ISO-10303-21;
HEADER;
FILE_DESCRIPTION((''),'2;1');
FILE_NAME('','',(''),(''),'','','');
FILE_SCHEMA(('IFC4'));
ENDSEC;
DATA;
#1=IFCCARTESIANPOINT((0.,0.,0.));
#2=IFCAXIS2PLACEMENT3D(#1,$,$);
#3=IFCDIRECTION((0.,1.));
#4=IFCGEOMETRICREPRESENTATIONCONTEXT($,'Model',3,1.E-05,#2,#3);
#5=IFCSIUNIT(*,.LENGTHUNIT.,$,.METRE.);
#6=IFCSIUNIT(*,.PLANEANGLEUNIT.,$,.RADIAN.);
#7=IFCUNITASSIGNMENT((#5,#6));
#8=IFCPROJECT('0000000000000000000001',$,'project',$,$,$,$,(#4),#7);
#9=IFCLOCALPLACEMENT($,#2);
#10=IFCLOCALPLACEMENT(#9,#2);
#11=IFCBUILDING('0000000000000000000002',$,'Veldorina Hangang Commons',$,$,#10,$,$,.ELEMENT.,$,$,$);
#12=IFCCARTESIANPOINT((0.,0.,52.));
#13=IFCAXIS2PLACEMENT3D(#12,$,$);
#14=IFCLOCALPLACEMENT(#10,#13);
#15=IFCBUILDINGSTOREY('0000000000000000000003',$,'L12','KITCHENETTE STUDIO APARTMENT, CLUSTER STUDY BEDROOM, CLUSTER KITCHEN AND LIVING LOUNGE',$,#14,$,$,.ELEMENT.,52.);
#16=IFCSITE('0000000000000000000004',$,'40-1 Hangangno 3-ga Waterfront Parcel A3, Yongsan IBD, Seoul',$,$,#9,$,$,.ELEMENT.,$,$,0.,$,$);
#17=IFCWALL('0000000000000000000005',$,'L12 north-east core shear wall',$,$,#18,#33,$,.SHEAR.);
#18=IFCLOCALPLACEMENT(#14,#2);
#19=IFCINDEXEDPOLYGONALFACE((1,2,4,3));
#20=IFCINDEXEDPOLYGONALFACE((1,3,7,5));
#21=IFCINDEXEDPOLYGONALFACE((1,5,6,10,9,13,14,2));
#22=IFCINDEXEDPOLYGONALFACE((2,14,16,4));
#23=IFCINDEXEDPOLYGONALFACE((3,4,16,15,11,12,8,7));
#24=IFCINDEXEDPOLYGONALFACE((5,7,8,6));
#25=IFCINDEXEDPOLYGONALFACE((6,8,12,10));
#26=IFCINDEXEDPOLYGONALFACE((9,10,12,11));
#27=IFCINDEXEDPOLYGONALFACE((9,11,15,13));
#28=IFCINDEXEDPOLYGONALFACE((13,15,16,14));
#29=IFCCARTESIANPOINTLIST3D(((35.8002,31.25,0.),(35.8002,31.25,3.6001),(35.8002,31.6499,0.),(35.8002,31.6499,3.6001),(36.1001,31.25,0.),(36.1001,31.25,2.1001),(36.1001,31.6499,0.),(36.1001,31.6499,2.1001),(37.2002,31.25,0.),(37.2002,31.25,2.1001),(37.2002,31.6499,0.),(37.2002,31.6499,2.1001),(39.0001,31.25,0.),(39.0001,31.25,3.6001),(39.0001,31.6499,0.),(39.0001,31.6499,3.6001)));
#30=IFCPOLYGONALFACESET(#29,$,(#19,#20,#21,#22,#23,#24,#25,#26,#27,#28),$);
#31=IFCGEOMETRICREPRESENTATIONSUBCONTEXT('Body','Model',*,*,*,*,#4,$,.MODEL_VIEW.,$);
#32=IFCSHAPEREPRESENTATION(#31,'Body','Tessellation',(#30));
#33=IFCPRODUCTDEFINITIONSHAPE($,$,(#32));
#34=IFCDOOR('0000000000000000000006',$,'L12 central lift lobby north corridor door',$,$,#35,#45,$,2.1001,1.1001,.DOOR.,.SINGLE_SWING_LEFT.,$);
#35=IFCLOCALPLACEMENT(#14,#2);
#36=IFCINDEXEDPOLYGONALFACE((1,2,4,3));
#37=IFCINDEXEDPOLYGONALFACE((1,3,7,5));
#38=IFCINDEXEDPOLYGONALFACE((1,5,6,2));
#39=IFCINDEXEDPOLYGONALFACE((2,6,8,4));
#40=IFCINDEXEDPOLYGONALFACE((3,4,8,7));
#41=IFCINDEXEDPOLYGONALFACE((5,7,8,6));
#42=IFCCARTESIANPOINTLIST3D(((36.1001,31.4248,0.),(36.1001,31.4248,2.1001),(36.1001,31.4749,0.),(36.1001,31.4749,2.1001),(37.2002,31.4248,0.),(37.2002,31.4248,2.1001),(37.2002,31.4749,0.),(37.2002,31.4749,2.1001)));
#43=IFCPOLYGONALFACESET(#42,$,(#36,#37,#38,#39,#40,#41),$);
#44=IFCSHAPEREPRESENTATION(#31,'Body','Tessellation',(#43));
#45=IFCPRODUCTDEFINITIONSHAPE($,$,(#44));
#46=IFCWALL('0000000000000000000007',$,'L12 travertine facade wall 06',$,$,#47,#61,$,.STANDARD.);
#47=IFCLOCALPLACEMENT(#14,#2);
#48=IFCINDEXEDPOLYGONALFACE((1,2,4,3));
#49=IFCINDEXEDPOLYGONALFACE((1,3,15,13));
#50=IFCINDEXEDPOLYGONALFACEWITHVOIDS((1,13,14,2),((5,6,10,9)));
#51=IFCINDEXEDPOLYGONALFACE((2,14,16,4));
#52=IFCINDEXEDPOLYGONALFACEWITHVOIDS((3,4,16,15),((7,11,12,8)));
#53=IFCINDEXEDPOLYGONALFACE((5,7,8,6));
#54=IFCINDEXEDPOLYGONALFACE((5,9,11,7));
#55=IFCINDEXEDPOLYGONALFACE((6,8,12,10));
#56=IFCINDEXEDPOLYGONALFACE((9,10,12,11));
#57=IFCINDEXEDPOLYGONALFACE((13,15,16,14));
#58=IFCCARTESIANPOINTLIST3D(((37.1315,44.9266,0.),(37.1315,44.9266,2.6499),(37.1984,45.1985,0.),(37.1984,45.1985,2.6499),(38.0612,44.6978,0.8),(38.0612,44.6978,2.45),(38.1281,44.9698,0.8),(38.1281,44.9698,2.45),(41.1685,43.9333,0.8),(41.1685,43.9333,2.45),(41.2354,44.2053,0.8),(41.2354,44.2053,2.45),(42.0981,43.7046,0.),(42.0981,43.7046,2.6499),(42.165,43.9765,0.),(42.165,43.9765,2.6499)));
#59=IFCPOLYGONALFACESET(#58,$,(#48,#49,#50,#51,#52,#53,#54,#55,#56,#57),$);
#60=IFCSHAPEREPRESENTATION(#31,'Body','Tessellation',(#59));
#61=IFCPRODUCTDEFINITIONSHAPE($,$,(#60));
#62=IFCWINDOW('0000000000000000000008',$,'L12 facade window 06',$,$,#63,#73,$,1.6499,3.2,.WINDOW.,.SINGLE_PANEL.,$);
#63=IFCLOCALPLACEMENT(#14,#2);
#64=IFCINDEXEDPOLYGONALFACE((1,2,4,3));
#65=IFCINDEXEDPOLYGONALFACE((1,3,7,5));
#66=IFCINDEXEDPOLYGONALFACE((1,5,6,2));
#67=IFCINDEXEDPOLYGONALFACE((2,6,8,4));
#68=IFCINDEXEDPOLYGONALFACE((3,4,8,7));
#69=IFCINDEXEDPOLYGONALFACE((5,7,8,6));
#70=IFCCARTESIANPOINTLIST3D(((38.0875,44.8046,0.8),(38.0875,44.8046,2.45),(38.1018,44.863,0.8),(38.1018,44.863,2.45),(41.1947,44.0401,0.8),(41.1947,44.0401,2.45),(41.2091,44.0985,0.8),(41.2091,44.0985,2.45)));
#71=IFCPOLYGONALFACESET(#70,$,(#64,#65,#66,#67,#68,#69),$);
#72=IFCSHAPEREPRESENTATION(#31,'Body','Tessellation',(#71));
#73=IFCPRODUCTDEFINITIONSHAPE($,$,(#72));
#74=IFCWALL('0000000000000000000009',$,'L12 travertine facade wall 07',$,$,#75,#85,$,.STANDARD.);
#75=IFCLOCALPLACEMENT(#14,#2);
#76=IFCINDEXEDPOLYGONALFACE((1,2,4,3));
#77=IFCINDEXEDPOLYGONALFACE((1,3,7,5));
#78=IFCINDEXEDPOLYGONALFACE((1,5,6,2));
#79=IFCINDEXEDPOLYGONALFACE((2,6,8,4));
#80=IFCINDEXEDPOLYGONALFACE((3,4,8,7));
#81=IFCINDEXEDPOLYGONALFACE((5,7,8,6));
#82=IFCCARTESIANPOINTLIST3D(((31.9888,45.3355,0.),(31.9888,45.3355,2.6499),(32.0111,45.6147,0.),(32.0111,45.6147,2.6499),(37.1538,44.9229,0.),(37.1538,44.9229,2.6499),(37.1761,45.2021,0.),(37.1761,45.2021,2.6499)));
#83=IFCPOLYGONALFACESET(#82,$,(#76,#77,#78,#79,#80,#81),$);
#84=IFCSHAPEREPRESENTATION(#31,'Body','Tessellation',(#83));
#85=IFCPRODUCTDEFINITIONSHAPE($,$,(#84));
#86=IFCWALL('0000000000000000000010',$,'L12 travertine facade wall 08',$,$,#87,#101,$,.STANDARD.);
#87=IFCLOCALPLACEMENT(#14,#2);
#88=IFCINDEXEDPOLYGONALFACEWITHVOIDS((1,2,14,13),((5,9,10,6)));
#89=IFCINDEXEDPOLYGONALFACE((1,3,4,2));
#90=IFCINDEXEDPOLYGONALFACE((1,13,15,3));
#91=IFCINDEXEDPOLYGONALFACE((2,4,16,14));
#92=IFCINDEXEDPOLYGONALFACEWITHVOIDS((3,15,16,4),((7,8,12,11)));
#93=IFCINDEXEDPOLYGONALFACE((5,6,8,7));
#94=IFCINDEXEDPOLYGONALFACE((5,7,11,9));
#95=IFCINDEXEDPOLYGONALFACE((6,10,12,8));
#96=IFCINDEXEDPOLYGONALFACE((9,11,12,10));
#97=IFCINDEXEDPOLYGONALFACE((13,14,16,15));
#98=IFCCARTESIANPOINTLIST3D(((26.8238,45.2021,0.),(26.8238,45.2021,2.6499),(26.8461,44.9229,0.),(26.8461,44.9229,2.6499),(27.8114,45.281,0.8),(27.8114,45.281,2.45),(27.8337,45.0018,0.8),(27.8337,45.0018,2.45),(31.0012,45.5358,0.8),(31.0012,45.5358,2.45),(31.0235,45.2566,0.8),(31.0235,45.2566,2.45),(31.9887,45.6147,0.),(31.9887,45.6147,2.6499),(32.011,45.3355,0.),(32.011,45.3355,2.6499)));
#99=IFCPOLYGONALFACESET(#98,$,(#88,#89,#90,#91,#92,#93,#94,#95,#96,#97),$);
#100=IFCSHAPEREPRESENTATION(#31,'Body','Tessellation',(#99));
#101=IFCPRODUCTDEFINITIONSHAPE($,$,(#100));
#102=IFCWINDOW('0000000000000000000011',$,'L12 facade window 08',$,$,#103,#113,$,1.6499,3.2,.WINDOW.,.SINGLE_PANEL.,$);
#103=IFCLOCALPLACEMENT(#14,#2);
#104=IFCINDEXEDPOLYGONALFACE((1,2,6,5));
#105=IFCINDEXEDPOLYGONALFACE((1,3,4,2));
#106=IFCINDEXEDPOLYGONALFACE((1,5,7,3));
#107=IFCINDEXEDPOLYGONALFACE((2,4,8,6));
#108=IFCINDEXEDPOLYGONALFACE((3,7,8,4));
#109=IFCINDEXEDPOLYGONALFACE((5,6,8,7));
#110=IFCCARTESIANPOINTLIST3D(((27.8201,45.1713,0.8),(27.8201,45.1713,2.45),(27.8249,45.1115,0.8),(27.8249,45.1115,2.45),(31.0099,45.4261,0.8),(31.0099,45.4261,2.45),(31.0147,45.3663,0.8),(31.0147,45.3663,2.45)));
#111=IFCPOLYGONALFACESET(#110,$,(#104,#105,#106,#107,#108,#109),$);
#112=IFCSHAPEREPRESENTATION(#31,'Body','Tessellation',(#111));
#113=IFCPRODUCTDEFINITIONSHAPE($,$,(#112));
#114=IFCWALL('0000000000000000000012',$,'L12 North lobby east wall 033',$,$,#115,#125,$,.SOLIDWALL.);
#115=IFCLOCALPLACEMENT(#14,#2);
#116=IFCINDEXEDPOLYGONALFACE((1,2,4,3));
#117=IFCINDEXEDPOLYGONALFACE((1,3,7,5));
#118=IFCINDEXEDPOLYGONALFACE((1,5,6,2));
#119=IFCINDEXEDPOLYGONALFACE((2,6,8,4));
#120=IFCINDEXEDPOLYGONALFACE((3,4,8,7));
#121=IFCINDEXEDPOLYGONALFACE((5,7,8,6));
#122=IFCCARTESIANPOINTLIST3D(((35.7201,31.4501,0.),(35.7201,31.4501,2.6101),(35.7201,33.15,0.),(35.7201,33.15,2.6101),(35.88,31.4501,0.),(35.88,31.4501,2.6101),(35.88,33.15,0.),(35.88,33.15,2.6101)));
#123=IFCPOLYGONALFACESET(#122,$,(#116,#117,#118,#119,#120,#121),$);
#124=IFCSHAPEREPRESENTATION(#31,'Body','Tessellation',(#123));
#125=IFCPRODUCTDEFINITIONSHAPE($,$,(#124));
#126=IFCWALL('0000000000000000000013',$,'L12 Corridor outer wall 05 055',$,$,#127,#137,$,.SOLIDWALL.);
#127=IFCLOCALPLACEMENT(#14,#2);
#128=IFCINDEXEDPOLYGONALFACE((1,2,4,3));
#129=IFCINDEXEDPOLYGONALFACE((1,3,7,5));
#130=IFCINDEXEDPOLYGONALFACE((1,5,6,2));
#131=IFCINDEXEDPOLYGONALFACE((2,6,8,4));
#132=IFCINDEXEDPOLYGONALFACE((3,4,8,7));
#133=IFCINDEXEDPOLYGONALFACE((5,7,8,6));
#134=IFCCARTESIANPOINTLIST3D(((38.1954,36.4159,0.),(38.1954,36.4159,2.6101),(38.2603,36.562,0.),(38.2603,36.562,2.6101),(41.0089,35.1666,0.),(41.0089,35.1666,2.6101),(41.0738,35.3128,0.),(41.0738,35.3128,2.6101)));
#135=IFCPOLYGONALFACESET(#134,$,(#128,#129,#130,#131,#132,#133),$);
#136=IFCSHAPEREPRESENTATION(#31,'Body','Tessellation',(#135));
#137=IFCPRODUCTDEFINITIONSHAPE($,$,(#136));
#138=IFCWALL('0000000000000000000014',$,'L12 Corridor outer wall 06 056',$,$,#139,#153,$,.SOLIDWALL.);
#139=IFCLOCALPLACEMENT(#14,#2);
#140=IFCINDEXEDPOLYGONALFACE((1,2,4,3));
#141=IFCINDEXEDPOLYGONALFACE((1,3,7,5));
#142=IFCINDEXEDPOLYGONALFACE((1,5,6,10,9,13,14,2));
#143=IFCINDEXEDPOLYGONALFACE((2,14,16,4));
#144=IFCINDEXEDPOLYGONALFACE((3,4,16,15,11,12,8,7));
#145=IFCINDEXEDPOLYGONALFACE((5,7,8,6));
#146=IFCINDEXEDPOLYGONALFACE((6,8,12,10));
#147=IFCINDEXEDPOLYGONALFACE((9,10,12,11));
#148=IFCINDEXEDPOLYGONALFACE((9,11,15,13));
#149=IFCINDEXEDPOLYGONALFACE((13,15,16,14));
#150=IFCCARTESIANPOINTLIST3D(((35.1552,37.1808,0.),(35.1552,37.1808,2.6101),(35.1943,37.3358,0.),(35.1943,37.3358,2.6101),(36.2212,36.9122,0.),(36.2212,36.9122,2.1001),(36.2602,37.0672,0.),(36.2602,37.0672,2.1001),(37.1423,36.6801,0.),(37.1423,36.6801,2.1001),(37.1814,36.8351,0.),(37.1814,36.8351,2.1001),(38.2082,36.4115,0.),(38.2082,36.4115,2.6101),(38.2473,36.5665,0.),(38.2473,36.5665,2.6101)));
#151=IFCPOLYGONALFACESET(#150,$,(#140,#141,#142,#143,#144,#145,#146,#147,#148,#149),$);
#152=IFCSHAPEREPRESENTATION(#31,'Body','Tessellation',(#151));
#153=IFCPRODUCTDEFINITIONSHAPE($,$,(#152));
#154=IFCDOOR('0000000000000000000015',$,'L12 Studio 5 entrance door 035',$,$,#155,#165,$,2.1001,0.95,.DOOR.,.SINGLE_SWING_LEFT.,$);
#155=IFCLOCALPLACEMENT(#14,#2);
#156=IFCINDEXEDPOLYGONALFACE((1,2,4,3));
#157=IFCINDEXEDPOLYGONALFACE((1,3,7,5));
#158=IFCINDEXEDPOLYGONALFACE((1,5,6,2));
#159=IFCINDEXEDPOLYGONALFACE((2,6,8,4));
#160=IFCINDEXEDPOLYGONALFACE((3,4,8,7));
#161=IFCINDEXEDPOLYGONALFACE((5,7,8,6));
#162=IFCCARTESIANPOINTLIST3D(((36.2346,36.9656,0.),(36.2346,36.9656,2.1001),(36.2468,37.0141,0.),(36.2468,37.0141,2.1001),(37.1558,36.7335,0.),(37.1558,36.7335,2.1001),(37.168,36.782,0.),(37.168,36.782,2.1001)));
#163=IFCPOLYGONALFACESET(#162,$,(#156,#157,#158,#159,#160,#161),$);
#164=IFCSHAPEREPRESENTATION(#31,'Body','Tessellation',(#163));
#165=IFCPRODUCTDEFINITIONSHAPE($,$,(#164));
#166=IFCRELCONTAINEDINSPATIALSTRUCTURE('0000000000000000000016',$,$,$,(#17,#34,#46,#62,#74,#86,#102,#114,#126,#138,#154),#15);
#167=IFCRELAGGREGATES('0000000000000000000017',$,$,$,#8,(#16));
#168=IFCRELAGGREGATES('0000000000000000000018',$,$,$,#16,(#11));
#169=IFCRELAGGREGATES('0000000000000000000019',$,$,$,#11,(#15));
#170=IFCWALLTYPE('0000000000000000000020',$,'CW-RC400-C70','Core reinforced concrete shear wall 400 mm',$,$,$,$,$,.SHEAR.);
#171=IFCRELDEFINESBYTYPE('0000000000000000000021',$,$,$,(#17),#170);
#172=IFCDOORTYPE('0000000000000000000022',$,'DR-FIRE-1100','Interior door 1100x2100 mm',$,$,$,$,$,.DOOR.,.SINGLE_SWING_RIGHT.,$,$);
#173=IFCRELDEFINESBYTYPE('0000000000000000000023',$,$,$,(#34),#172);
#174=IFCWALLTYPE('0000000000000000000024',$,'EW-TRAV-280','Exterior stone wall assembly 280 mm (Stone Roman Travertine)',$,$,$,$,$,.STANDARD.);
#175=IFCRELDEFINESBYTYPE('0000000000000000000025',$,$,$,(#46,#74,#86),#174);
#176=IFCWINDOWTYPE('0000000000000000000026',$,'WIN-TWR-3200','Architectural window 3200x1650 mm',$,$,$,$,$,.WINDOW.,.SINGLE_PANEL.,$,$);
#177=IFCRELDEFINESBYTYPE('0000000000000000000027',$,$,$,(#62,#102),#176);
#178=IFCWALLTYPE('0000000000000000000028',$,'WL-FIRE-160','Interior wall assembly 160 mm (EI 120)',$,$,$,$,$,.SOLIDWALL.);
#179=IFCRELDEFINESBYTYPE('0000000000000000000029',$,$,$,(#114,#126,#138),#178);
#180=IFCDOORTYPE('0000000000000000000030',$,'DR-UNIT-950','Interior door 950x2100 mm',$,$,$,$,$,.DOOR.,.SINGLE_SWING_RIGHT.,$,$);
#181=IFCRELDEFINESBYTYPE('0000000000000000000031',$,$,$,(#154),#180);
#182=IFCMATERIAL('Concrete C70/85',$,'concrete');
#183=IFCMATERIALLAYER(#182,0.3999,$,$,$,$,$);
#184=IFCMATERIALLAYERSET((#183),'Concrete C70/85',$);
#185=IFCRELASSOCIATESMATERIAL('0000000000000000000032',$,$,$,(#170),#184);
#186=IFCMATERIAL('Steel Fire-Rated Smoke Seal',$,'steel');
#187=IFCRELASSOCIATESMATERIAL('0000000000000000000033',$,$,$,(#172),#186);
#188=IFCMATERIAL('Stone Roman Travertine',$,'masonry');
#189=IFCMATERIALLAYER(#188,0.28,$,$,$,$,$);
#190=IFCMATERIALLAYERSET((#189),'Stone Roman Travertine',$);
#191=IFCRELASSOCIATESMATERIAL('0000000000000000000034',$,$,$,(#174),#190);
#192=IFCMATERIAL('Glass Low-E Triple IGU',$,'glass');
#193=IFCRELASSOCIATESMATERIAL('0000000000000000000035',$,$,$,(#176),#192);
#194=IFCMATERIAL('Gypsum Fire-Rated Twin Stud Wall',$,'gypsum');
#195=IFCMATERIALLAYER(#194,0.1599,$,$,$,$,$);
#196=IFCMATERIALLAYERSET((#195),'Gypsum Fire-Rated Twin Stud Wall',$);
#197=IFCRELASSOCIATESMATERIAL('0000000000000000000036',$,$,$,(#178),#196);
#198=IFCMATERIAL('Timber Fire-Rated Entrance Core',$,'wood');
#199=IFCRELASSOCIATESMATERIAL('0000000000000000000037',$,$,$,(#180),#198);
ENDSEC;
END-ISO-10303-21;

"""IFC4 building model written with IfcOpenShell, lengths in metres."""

from ifc_helpers import new_model, si_unit, direction, frame, frame_2d, origin, place, context, subcontext, project, spatial, rectangle, extrude, material, layer, layer_set, type_object, element, fill, save


model = new_model("IFC4")

# Units and contexts
model_context = context("Model", 3, precision=1e-05, world=origin(), true_north=direction((0.0, 1.0)))
body_context = subcontext(model_context, "Body", "Model", "MODEL_VIEW")
ifc_project = project(units=[si_unit("LENGTHUNIT", "METRE"), si_unit("PLANEANGLEUNIT", "RADIAN")], contexts=[model_context])

# Site, building, storey
site_placement = place(None, origin())
site = spatial("IfcSite", under=ifc_project, at=site_placement, Name="40-1 Hangangno 3-ga Waterfront Parcel A3, Yongsan IBD, Seoul", CompositionType="ELEMENT", RefElevation=0.0)
building_placement = place(site_placement, origin())
building = spatial("IfcBuilding", under=site, at=building_placement, Name="Veldorina Hangang Commons", CompositionType="ELEMENT")
storey_placement = place(building_placement, frame((0.0, 0.0, 52.0)))
storey = spatial("IfcBuildingStorey", under=building, at=storey_placement, Name="L12", Description="KITCHENETTE STUDIO APARTMENT, CLUSTER STUDY BEDROOM, CLUSTER KITCHEN AND LIVING LOUNGE", CompositionType="ELEMENT", Elevation=52.0)

# Wall, opening, door
ifc_material_1 = material(Name="Concrete C70/85", Category="concrete")
ifc_layer_1 = layer(ifc_material_1, 0.3999)
ifc_layer_set_1 = layer_set([ifc_layer_1], Name="Concrete C70/85")
wall_type_1 = type_object("IfcWallType", Name="CW-RC400-C70", Description="Core reinforced concrete shear wall 400 mm", PredefinedType="SHEAR", material=ifc_layer_set_1)
wall_1_placement = place(storey_placement, frame((35.8, 31.45, 0.0), z_axis=(0.0, 0.0, 1.0), x_axis=(1.0, 0.0, 0.0)))
wall_1 = element("IfcWall", 1, at=wall_1_placement, inside=storey, type_object=wall_type_1, Name="L12 north-east core shear wall", PredefinedType="SHEAR", context=body_context, shape_type="SweptSolid", body=[
    extrude(rectangle(XDim=3.2, YDim=0.3999, at=frame_2d((1.6001, 0.0))), origin(), (0.0, 0.0, 1.0), 3.6001),
])
opening_1_placement = place(wall_1_placement, frame((0.3, 0.0, 0.0)))
opening_1 = element("IfcOpeningElement", 2, at=opening_1_placement, cuts=wall_1, PredefinedType="OPENING", context=body_context, shape_type="SweptSolid", body=[
    extrude(rectangle(XDim=1.1001, YDim=2.1001, at=frame_2d((0.55, 1.05))), frame((0.0, 0.21, 0.0), z_axis=(0.0, -1.0, 0.0), x_axis=(1.0, 0.0, 0.0)), (0.0, 0.0, 1.0), 0.4199),
])
ifc_material_2 = material(Name="Steel Fire-Rated Smoke Seal", Category="steel")
door_type_1 = type_object("IfcDoorType", Name="DR-FIRE-1100", Description="Interior door 1100x2100 mm", OperationType="SINGLE_SWING_RIGHT", PredefinedType="DOOR", material=ifc_material_2)
door_1_placement = place(opening_1_placement, origin())
door_1 = element("IfcDoor", 3, at=door_1_placement, inside=storey, type_object=door_type_1, Name="L12 central lift lobby north corridor door", OperationType="SINGLE_SWING_LEFT", OverallHeight=2.1001, OverallWidth=1.1001, PredefinedType="DOOR", context=body_context, shape_type="SweptSolid", body=[
    extrude(rectangle(XDim=1.1001, YDim=2.1001, at=frame_2d((0.55, 1.05))), frame((0.0, 0.0249, 0.0), z_axis=(0.0, -1.0, 0.0), x_axis=(1.0, 0.0, 0.0)), (0.0, 0.0, 1.0), 0.05),
])
fill(opening_1, door_1)

# Wall, opening, window
ifc_material_3 = material(Name="Stone Roman Travertine", Category="masonry")
ifc_layer_2 = layer(ifc_material_3, 0.28)
ifc_layer_set_2 = layer_set([ifc_layer_2], Name="Stone Roman Travertine")
wall_type_2 = type_object("IfcWallType", Name="EW-TRAV-280", Description="Exterior stone wall assembly 280 mm (Stone Roman Travertine)", PredefinedType="STANDARD", material=ifc_layer_set_2)
wall_2_placement = place(storey_placement, frame((42.1316, 43.8406, 0.0), z_axis=(0.0, 0.0, 1.0), x_axis=(-0.971043, 0.238906, 0.0)))
wall_2 = element("IfcWall", 4, at=wall_2_placement, inside=storey, type_object=wall_type_2, Name="L12 travertine facade wall 06", PredefinedType="STANDARD", context=body_context, shape_type="SweptSolid", body=[
    extrude(rectangle(XDim=5.1147, YDim=0.28, at=frame_2d((2.5574, 0.0))), origin(), (0.0, 0.0, 1.0), 2.6499),
])
opening_2_placement = place(wall_2_placement, frame((0.9573, 0.0, 0.8)))
opening_2 = element("IfcOpeningElement", 5, at=opening_2_placement, cuts=wall_2, PredefinedType="OPENING", context=body_context, shape_type="SweptSolid", body=[
    extrude(rectangle(XDim=3.2, YDim=1.6499, at=frame_2d((1.6001, 0.825))), frame((0.0, 0.1499, 0.0), z_axis=(0.0, -1.0, 0.0), x_axis=(1.0, 0.0, 0.0)), (0.0, 0.0, 1.0), 0.3),
])
ifc_material_4 = material(Name="Glass Low-E Triple IGU", Category="glass")
window_type = type_object("IfcWindowType", Name="WIN-TWR-3200", Description="Architectural window 3200x1650 mm", PartitioningType="SINGLE_PANEL", PredefinedType="WINDOW", material=ifc_material_4)
window_1_placement = place(opening_2_placement, origin())
window_1 = element("IfcWindow", 6, at=window_1_placement, inside=storey, type_object=window_type, Name="L12 facade window 06", OverallHeight=1.6499, OverallWidth=3.2, PartitioningType="SINGLE_PANEL", PredefinedType="WINDOW", context=body_context, shape_type="SweptSolid", body=[
    extrude(rectangle(XDim=3.2, YDim=1.6499, at=frame_2d((1.6001, 0.825))), frame((0.0, 0.03, 0.0), z_axis=(0.0, -1.0, 0.0), x_axis=(1.0, 0.0, 0.0)), (0.0, 0.0, 1.0), 0.0601),
])
fill(opening_2, window_1)

# Wall
wall_3_placement = place(storey_placement, frame((37.165, 45.0625, 0.0), z_axis=(0.0, 0.0, 1.0), x_axis=(-0.996825, 0.079629, 0.0)))
element("IfcWall", 7, at=wall_3_placement, inside=storey, type_object=wall_type_2, Name="L12 travertine facade wall 07", PredefinedType="STANDARD", context=body_context, shape_type="SweptSolid", body=[
    extrude(rectangle(XDim=5.1814, YDim=0.28, at=frame_2d((2.5908, 0.0))), origin(), (0.0, 0.0, 1.0), 2.6499),
])

# Wall, opening, window
wall_4_placement = place(storey_placement, frame((32.0, 45.4751, 0.0), z_axis=(0.0, 0.0, 1.0), x_axis=(-0.996825, -0.079629, 0.0)))
wall_4 = element("IfcWall", 8, at=wall_4_placement, inside=storey, type_object=wall_type_2, Name="L12 travertine facade wall 08", PredefinedType="STANDARD", context=body_context, shape_type="SweptSolid", body=[
    extrude(rectangle(XDim=5.1814, YDim=0.28, at=frame_2d((2.5908, 0.0))), origin(), (0.0, 0.0, 1.0), 2.6499),
])
opening_3_placement = place(wall_4_placement, frame((0.9907, 0.0, 0.8)))
opening_3 = element("IfcOpeningElement", 9, at=opening_3_placement, cuts=wall_4, PredefinedType="OPENING", context=body_context, shape_type="SweptSolid", body=[
    extrude(rectangle(XDim=3.2, YDim=1.6499, at=frame_2d((1.6001, 0.825))), frame((0.0, 0.1499, 0.0), z_axis=(0.0, -1.0, 0.0), x_axis=(1.0, 0.0, 0.0)), (0.0, 0.0, 1.0), 0.3),
])
window_2_placement = place(opening_3_placement, origin())
window_2 = element("IfcWindow", 10, at=window_2_placement, inside=storey, type_object=window_type, Name="L12 facade window 08", OverallHeight=1.6499, OverallWidth=3.2, PartitioningType="SINGLE_PANEL", PredefinedType="WINDOW", context=body_context, shape_type="SweptSolid", body=[
    extrude(rectangle(XDim=3.2, YDim=1.6499, at=frame_2d((1.6001, 0.825))), frame((0.0, 0.03, 0.0), z_axis=(0.0, -1.0, 0.0), x_axis=(1.0, 0.0, 0.0)), (0.0, 0.0, 1.0), 0.0601),
])
fill(opening_3, window_2)

# Walls
ifc_material_5 = material(Name="Gypsum Fire-Rated Twin Stud Wall", Category="gypsum")
ifc_layer_3 = layer(ifc_material_5, 0.1599)
ifc_layer_set_3 = layer_set([ifc_layer_3], Name="Gypsum Fire-Rated Twin Stud Wall")
wall_type_3 = type_object("IfcWallType", Name="WL-FIRE-160", Description="Interior wall assembly 160 mm (EI 120)", PredefinedType="SOLIDWALL", material=ifc_layer_set_3)
wall_5_placement = place(storey_placement, frame((35.8, 31.45, 0.0), z_axis=(0.0, 0.0, 1.0), x_axis=(0.0, 1.0, 0.0)))
element("IfcWall", 11, at=wall_5_placement, inside=storey, type_object=wall_type_3, Name="L12 North lobby east wall 033", PredefinedType="SOLIDWALL", context=body_context, shape_type="SweptSolid", body=[
    extrude(rectangle(XDim=1.7, YDim=0.1599, at=frame_2d((0.8501, 0.0))), origin(), (0.0, 0.0, 1.0), 2.6101),
])
wall_6_placement = place(storey_placement, frame((41.0413, 35.2397, 0.0), z_axis=(0.0, 0.0, 1.0), x_axis=(-0.913952, 0.405822, 0.0)))
element("IfcWall", 12, at=wall_6_placement, inside=storey, type_object=wall_type_3, Name="L12 Corridor outer wall 05 055", PredefinedType="SOLIDWALL", context=body_context, shape_type="SweptSolid", body=[
    extrude(rectangle(XDim=3.0784, YDim=0.1599, at=frame_2d((1.5391, 0.0))), origin(), (0.0, 0.0, 1.0), 2.6101),
])

# Wall, opening, door
wall_7_placement = place(storey_placement, frame((38.2278, 36.489, 0.0), z_axis=(0.0, 0.0, 1.0), x_axis=(-0.969689, 0.244342, 0.0)))
wall_7 = element("IfcWall", 13, at=wall_7_placement, inside=storey, type_object=wall_type_3, Name="L12 Corridor outer wall 06 056", PredefinedType="SOLIDWALL", context=body_context, shape_type="SweptSolid", body=[
    extrude(rectangle(XDim=3.1484, YDim=0.1599, at=frame_2d((1.5742, 0.0))), origin(), (0.0, 0.0, 1.0), 2.6101),
])
opening_4_placement = place(wall_7_placement, frame((1.0991, 0.0, 0.0)))
opening_4 = element("IfcOpeningElement", 14, at=opening_4_placement, cuts=wall_7, PredefinedType="OPENING", context=body_context, shape_type="SweptSolid", body=[
    extrude(rectangle(XDim=0.95, YDim=2.1001, at=frame_2d((0.4751, 1.05))), frame((0.0, 0.0898, 0.0), z_axis=(0.0, -1.0, 0.0), x_axis=(1.0, 0.0, 0.0)), (0.0, 0.0, 1.0), 0.1799),
])
ifc_material_6 = material(Name="Timber Fire-Rated Entrance Core", Category="wood")
door_type_2 = type_object("IfcDoorType", Name="DR-UNIT-950", Description="Interior door 950x2100 mm", OperationType="SINGLE_SWING_RIGHT", PredefinedType="DOOR", material=ifc_material_6)
door_2_placement = place(opening_4_placement, origin())
door_2 = element("IfcDoor", 15, at=door_2_placement, inside=storey, type_object=door_type_2, Name="L12 Studio 5 entrance door 035", OperationType="SINGLE_SWING_LEFT", OverallHeight=2.1001, OverallWidth=0.95, PredefinedType="DOOR", context=body_context, shape_type="SweptSolid", body=[
    extrude(rectangle(XDim=0.95, YDim=2.1001, at=frame_2d((0.4751, 1.05))), frame((0.0, 0.0249, 0.0), z_axis=(0.0, -1.0, 0.0), x_axis=(1.0, 0.0, 0.0)), (0.0, 0.0, 1.0), 0.05),
])
fill(opening_4, door_2)

save(model, "model.ifc")
